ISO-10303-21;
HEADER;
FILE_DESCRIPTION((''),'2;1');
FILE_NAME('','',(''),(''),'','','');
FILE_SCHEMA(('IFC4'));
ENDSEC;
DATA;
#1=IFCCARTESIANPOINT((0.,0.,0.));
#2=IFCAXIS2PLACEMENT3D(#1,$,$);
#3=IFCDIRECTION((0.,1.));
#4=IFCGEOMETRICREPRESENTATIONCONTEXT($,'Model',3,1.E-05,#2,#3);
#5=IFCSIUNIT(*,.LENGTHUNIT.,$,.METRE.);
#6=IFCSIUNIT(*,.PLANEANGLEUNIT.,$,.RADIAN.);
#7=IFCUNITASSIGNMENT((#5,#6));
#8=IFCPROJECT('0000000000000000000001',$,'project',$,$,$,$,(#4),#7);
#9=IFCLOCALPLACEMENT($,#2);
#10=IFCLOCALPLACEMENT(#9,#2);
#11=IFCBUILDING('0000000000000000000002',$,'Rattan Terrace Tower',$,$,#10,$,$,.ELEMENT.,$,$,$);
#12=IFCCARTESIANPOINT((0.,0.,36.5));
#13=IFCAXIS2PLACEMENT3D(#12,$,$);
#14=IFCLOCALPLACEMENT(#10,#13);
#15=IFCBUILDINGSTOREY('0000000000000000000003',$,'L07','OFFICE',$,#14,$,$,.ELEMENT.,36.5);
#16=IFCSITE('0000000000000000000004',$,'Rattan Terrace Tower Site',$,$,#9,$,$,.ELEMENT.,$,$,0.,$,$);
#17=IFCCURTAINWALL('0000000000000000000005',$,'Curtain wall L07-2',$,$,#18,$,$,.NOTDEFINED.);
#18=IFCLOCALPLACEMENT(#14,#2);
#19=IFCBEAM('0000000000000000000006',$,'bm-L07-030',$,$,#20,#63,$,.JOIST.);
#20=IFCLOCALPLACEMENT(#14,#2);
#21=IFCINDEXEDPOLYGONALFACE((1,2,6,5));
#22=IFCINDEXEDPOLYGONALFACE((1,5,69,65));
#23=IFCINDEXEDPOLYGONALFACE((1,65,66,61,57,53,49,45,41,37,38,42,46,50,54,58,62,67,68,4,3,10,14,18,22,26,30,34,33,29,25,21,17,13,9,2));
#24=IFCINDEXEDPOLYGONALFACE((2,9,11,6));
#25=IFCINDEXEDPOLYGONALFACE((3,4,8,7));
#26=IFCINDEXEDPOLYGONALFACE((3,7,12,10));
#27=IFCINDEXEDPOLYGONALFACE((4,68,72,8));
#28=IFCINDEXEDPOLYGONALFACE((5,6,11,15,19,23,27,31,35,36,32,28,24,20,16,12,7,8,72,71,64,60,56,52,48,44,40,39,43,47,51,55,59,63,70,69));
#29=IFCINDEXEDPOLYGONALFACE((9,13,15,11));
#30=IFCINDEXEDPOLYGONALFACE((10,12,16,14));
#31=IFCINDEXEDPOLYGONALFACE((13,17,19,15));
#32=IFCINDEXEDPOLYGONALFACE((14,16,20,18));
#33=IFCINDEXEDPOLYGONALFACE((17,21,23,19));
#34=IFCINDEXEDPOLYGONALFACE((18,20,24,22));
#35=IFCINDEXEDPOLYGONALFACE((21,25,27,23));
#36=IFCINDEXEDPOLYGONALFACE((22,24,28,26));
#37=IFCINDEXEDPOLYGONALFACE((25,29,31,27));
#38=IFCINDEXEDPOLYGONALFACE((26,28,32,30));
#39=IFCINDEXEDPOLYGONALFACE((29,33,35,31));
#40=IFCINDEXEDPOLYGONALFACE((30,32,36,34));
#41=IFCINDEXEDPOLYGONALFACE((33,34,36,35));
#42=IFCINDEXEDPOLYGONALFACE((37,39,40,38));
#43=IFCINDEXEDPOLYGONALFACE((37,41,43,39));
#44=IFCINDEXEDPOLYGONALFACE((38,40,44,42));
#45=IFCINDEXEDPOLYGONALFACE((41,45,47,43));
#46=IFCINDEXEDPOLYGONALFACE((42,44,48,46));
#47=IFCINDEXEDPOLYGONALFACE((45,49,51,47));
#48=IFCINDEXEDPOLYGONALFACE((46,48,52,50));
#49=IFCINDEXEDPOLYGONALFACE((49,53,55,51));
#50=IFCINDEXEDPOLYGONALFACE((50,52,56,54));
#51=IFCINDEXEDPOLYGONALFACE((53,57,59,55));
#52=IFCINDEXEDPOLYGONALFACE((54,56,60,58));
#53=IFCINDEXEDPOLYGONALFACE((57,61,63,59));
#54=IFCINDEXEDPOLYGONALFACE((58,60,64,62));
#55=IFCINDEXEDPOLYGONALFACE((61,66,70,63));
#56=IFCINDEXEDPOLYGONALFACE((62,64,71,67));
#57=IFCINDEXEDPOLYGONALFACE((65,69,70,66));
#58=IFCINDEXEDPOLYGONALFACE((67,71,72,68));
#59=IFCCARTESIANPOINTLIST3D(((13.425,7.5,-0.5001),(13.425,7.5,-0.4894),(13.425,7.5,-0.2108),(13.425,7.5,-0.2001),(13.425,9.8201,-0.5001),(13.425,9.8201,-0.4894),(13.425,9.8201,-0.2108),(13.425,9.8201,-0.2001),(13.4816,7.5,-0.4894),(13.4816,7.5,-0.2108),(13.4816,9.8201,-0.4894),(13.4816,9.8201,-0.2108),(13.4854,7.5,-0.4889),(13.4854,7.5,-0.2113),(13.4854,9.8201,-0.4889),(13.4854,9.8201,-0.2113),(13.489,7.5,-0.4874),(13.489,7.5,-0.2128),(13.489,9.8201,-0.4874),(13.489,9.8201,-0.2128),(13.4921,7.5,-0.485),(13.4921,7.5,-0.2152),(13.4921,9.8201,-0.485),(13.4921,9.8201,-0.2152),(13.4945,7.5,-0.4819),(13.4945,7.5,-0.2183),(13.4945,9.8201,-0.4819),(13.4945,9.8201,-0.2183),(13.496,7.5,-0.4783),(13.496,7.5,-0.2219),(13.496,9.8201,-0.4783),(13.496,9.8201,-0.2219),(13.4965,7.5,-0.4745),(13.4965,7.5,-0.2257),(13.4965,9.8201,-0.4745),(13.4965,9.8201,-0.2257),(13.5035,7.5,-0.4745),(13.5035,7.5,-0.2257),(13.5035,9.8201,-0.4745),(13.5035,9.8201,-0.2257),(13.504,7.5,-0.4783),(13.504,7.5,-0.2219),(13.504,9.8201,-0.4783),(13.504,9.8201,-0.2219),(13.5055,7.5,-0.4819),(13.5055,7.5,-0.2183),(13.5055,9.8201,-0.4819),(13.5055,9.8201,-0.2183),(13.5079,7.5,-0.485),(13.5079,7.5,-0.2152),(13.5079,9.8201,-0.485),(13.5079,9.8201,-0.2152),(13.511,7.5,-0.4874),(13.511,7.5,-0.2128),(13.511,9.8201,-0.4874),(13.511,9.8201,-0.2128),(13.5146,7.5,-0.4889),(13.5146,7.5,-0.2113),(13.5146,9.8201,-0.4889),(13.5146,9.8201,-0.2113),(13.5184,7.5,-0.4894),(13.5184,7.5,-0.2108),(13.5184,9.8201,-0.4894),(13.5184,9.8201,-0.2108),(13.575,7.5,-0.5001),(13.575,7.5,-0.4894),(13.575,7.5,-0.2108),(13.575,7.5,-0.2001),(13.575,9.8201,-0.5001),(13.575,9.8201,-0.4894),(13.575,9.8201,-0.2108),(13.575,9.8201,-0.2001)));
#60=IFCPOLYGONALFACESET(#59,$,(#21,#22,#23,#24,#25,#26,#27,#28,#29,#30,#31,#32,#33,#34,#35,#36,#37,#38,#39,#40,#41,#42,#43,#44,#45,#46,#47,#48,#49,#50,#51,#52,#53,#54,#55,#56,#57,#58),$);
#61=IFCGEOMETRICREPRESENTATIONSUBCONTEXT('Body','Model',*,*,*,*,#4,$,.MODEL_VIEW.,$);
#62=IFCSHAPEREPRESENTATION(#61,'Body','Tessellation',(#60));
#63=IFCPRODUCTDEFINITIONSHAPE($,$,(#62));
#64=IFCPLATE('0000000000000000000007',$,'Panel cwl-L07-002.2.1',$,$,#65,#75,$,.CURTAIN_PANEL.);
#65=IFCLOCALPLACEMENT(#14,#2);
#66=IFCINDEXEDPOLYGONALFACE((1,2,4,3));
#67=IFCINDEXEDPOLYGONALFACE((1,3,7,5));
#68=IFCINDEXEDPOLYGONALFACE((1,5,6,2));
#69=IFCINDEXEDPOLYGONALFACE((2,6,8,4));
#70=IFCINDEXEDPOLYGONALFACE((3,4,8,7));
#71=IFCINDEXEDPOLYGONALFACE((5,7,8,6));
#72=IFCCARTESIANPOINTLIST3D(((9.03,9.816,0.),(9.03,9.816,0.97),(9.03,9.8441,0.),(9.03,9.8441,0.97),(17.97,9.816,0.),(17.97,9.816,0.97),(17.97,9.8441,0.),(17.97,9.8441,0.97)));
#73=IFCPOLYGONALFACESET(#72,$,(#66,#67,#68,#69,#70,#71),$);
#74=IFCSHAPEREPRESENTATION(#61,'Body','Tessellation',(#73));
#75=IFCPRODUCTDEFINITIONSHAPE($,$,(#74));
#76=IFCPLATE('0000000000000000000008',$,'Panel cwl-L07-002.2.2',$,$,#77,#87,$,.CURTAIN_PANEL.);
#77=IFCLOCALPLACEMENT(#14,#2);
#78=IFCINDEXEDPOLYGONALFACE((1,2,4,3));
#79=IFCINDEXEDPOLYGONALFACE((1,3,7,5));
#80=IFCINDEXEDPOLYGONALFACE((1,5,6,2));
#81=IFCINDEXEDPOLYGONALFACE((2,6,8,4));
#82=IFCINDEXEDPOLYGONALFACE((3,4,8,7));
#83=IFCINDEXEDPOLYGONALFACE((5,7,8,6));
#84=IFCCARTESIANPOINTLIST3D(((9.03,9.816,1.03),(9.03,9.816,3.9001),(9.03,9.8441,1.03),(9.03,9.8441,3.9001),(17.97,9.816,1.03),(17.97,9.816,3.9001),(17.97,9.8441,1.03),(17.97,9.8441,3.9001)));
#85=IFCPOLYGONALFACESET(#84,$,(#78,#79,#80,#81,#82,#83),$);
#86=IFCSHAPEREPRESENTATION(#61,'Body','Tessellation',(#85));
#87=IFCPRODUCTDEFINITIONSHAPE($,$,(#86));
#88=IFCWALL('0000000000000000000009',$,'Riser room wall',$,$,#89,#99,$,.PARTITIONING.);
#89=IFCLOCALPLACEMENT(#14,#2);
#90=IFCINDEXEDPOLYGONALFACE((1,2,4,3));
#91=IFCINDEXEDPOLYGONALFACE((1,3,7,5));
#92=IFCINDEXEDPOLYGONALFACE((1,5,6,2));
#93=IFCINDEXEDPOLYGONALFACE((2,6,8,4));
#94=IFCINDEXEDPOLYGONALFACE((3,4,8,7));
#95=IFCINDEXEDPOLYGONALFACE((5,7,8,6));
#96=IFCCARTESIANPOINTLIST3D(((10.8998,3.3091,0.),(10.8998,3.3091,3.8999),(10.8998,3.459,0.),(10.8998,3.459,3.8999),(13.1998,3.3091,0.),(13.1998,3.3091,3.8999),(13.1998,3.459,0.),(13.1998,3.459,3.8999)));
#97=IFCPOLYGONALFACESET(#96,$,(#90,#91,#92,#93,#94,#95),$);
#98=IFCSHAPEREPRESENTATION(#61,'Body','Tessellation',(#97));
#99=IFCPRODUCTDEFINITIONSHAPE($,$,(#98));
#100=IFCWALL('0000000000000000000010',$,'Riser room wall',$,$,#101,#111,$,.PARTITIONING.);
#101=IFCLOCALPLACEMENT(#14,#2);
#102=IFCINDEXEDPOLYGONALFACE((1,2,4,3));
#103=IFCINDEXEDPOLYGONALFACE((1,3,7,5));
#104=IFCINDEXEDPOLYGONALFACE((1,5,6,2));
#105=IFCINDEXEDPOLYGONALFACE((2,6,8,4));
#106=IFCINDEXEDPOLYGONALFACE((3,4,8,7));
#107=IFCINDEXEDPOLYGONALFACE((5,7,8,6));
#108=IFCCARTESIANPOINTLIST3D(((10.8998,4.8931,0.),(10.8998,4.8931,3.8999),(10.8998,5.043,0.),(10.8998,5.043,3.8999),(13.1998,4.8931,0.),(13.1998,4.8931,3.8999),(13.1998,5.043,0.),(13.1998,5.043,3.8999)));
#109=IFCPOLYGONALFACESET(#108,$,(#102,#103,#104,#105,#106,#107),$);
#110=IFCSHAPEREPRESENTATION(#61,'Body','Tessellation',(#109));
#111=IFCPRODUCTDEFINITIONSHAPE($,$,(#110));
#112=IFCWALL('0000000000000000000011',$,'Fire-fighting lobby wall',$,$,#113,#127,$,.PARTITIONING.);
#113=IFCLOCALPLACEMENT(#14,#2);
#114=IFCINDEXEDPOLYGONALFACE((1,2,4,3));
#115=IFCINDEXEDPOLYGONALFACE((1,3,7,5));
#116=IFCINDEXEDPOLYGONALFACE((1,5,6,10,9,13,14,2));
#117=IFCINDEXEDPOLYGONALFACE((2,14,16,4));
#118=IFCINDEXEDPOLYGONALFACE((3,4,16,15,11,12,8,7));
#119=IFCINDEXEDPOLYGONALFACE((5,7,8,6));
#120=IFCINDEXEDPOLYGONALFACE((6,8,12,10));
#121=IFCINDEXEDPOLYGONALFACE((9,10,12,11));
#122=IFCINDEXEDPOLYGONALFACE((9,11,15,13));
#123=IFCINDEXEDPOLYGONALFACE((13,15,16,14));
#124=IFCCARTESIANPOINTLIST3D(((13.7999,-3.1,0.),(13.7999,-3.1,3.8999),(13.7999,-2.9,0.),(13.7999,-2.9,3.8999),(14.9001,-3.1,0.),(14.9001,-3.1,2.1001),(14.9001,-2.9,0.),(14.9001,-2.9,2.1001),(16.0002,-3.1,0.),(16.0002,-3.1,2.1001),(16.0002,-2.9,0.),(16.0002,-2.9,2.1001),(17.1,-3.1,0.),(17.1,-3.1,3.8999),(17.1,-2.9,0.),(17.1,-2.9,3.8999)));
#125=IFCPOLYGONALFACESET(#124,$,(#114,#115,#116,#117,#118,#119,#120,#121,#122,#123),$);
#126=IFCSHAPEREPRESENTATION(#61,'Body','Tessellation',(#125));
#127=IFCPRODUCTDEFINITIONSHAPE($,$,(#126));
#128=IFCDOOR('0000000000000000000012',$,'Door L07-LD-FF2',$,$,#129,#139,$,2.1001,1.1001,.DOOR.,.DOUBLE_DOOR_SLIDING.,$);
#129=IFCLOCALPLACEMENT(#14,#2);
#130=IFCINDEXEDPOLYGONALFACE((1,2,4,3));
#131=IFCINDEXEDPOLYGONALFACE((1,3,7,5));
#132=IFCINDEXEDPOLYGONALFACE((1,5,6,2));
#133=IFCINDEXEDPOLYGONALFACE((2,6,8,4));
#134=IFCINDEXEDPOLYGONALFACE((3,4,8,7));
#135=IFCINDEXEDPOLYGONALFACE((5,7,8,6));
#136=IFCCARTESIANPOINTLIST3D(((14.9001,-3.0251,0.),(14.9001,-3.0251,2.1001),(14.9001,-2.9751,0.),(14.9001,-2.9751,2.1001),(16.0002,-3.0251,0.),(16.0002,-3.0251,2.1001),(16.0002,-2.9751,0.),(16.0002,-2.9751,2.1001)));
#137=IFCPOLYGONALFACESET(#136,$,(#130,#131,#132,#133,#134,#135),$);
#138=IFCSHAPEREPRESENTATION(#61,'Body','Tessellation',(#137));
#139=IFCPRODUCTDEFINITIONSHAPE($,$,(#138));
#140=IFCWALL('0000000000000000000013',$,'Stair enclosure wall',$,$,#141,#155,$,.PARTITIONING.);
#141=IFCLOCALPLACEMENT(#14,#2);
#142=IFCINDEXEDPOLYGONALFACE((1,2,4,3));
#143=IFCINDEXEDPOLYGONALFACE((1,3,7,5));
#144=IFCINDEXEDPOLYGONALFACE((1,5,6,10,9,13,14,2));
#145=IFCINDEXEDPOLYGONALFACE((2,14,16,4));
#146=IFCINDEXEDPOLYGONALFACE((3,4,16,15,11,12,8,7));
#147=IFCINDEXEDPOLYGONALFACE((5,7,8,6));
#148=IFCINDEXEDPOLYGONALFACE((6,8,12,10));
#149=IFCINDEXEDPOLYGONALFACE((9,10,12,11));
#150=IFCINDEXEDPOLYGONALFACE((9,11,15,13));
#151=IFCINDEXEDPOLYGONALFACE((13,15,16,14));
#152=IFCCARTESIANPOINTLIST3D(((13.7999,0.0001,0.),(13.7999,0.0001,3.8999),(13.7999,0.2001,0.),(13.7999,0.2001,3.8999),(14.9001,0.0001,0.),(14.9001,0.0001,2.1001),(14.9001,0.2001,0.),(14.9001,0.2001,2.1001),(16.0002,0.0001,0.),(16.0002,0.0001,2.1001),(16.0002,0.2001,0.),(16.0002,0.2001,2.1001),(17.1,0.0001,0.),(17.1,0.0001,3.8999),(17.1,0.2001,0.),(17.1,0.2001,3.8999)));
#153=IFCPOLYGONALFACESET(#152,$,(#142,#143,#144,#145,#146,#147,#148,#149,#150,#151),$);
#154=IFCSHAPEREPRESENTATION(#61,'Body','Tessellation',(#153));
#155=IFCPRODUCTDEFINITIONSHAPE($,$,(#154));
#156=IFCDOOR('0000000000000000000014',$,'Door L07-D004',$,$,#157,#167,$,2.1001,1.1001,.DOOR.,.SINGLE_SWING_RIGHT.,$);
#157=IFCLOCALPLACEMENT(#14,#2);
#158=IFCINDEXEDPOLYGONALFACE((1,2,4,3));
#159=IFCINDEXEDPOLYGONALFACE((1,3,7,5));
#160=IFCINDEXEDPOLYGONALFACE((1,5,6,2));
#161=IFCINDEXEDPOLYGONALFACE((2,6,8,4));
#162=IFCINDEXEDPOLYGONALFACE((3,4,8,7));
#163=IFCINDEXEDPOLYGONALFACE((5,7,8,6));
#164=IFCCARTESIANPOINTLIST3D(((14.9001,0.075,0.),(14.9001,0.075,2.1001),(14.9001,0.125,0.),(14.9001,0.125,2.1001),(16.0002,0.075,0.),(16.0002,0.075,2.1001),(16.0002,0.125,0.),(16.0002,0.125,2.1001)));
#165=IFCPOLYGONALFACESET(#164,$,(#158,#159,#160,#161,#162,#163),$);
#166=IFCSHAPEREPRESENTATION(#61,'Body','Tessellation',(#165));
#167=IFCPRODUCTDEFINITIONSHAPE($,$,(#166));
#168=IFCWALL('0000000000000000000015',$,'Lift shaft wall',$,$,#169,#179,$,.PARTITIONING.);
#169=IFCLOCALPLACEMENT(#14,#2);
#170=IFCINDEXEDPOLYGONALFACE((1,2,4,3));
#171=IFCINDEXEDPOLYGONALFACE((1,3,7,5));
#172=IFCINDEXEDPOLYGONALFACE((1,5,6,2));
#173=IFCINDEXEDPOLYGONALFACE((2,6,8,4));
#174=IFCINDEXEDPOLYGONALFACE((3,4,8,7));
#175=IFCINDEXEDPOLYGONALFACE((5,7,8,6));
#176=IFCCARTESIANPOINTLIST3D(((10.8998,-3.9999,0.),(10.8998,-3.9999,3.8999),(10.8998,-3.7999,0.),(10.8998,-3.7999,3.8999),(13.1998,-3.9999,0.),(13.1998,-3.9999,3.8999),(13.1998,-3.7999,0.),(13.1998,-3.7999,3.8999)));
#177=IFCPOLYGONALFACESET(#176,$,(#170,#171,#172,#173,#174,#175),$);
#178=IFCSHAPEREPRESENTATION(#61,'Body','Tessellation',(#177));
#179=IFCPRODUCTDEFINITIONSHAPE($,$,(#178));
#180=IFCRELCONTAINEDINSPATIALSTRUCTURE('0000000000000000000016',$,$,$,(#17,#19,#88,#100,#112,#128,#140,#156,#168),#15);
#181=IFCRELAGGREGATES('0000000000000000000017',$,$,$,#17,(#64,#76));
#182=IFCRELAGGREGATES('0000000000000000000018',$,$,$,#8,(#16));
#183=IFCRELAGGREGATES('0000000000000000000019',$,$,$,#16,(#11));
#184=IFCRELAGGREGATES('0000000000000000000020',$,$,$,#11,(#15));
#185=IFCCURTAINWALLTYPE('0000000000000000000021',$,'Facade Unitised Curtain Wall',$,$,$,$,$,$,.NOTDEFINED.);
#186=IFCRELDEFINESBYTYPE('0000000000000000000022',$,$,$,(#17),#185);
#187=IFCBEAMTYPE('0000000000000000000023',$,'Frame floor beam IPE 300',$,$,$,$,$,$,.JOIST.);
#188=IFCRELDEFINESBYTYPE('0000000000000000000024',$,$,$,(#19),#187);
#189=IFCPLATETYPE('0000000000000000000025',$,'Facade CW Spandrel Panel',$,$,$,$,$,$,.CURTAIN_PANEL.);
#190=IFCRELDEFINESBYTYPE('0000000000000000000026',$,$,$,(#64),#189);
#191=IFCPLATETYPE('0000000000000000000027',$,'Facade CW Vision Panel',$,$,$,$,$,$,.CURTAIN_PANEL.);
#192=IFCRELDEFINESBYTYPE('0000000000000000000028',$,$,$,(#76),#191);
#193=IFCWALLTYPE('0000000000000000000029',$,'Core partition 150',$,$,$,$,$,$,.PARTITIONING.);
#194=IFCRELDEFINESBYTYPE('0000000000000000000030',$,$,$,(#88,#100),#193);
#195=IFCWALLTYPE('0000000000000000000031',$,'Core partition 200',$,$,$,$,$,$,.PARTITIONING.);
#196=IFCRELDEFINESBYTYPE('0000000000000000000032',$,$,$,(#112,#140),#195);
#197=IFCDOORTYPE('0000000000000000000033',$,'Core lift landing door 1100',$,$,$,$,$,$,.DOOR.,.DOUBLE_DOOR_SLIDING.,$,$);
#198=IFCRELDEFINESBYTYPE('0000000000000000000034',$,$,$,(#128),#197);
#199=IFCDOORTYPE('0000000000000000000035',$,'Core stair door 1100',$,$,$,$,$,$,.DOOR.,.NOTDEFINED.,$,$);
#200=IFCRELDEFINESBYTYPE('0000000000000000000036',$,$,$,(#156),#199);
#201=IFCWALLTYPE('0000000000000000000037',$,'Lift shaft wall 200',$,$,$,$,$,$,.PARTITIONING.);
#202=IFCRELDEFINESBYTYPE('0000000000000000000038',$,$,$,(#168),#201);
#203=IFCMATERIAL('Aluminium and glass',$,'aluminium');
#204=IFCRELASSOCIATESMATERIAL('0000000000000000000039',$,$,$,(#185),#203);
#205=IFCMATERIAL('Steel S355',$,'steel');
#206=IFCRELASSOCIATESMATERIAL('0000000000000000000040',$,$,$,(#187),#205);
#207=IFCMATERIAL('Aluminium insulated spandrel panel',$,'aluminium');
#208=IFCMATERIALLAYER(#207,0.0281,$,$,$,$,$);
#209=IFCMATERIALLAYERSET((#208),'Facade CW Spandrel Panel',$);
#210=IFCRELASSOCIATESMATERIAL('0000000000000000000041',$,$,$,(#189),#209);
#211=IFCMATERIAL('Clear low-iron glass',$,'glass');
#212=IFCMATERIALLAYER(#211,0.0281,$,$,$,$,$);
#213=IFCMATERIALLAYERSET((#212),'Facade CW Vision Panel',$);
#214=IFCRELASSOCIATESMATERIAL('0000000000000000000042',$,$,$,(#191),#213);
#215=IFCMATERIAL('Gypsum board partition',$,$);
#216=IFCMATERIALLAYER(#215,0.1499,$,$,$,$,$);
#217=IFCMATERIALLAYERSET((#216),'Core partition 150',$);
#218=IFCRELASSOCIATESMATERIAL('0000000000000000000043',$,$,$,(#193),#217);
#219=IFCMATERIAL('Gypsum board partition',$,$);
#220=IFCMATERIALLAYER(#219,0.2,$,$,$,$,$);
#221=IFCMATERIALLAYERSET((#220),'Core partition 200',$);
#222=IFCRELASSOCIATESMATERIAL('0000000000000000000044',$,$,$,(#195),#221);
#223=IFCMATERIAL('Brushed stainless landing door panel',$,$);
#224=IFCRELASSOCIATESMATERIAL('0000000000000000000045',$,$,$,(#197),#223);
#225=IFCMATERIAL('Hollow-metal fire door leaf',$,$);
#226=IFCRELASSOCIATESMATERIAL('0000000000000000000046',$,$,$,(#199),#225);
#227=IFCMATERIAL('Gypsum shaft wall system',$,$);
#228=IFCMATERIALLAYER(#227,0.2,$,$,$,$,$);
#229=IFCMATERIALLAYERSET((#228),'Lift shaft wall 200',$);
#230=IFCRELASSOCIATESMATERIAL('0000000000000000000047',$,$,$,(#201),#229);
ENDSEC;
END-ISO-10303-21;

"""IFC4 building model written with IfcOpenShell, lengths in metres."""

from ifc_helpers import new_model, si_unit, direction, frame, frame_2d, origin, origin_2d, place, context, subcontext, project, spatial, rectangle, i_section, extrude, material, layer, layer_set, material_profile, profile_set, type_object, element, fill, aggregate, save


model = new_model("IFC4")

# Units and contexts
model_context = context("Model", 3, precision=1e-05, world=origin(), true_north=direction((0.0, 1.0)))
body_context = subcontext(model_context, "Body", "Model", "MODEL_VIEW")
ifc_project = project(units=[si_unit("LENGTHUNIT", "METRE"), si_unit("PLANEANGLEUNIT", "RADIAN")], contexts=[model_context])

# Site, building, storey
site_placement = place(None, origin())
site = spatial("IfcSite", under=ifc_project, at=site_placement, Name="Rattan Terrace Tower Site", CompositionType="ELEMENT", RefElevation=0.0)
building_placement = place(site_placement, origin())
building = spatial("IfcBuilding", under=site, at=building_placement, Name="Rattan Terrace Tower", CompositionType="ELEMENT")
storey_placement = place(building_placement, frame((0.0, 0.0, 36.5)))
storey = spatial("IfcBuildingStorey", under=building, at=storey_placement, Name="L07", Description="OFFICE", CompositionType="ELEMENT", Elevation=36.5)

# Curtain wall
ifc_material_1 = material(Name="Aluminium and glass", Category="aluminium")
curtain_wall_type = type_object("IfcCurtainWallType", Name="Facade Unitised Curtain Wall", PredefinedType="NOTDEFINED", material=ifc_material_1)
curtain_wall_placement = place(storey_placement, origin())
curtain_wall = element("IfcCurtainWall", 1, at=curtain_wall_placement, inside=storey, type_object=curtain_wall_type, Name="Curtain wall L07-2", PredefinedType="NOTDEFINED")

# Beam
ifc_material_2 = material(Name="Steel S355", Category="steel")
ifc_material_profile_1 = material_profile(ifc_material_2, i_section(OverallWidth=0.1499, OverallDepth=0.3, WebThickness=0.0071, FlangeThickness=0.0107, FilletRadius=0.0149, at=origin_2d()), Name="IPE 300")
ifc_profile_set_1 = profile_set([ifc_material_profile_1], Name="Steel S355")
beam_type_1 = type_object("IfcBeamType", Name="Frame floor beam IPE 300", PredefinedType="JOIST", material=ifc_profile_set_1)
for number, where, z_axis, x_axis, name in (
    (2, (13.5, 7.5, -0.3501), (0.0, 1.0, 0.0), (-1.0, 0.0, 0.0), "bm-L07-030"),
):
    element("IfcBeam", number, at=place(storey_placement, frame(where, z_axis=z_axis, x_axis=x_axis)), inside=storey, type_object=beam_type_1, Name=name, PredefinedType="JOIST", context=body_context, shape_type="SweptSolid", body=[
        extrude(i_section(OverallWidth=0.1499, OverallDepth=0.3, WebThickness=0.0071, FlangeThickness=0.0107, FilletRadius=0.0149, at=origin_2d()), origin(), (0.0, 0.0, 1.0), 2.3201),
    ])

# Plates
ifc_material_3 = material(Name="Aluminium insulated spandrel panel", Category="aluminium")
ifc_layer_1 = layer(ifc_material_3, 0.0281)
ifc_layer_set_1 = layer_set([ifc_layer_1], Name="Facade CW Spandrel Panel")
plate_type_1 = type_object("IfcPlateType", Name="Facade CW Spandrel Panel", PredefinedType="CURTAIN_PANEL", material=ifc_layer_set_1)
plate_1_placement = place(storey_placement, frame((13.5, 9.8301, 0.0), z_axis=(0.0, 0.0, 1.0), x_axis=(-1.0, 0.0, 0.0)))
plate_1 = element("IfcPlate", 3, at=plate_1_placement, type_object=plate_type_1, Name="Panel cwl-L07-002.2.1", PredefinedType="CURTAIN_PANEL", context=body_context, shape_type="SweptSolid", body=[
    extrude(rectangle(XDim=8.9399, YDim=0.0281, at=origin_2d()), origin(), (0.0, 0.0, 1.0), 0.97),
])
ifc_material_4 = material(Name="Clear low-iron glass", Category="glass")
ifc_layer_2 = layer(ifc_material_4, 0.0281)
ifc_layer_set_2 = layer_set([ifc_layer_2], Name="Facade CW Vision Panel")
plate_type_2 = type_object("IfcPlateType", Name="Facade CW Vision Panel", PredefinedType="CURTAIN_PANEL", material=ifc_layer_set_2)
plate_2_placement = place(storey_placement, frame((13.5, 9.8301, 1.03), z_axis=(0.0, 0.0, 1.0), x_axis=(-1.0, 0.0, 0.0)))
plate_2 = element("IfcPlate", 4, at=plate_2_placement, type_object=plate_type_2, Name="Panel cwl-L07-002.2.2", PredefinedType="CURTAIN_PANEL", context=body_context, shape_type="SweptSolid", body=[
    extrude(rectangle(XDim=8.9399, YDim=0.0281, at=origin_2d()), origin(), (0.0, 0.0, 1.0), 2.8701),
])
aggregate(curtain_wall, [plate_1, plate_2])

# Walls
ifc_material_5 = material(Name="Gypsum board partition")
ifc_layer_3 = layer(ifc_material_5, 0.1499)
ifc_layer_set_3 = layer_set([ifc_layer_3], Name="Core partition 150")
wall_type_1 = type_object("IfcWallType", Name="Core partition 150", PredefinedType="PARTITIONING", material=ifc_layer_set_3)
for number, where, z_axis, x_axis, name in (
    (5, (10.8999, 3.384, 0.0), (0.0, 0.0, 1.0), (1.0, 0.0, 0.0), "Riser room wall"),
    (6, (10.8999, 4.968, 0.0), (0.0, 0.0, 1.0), (1.0, 0.0, 0.0), "Riser room wall"),
):
    element("IfcWall", number, at=place(storey_placement, frame(where, z_axis=z_axis, x_axis=x_axis)), inside=storey, type_object=wall_type_1, Name=name, PredefinedType="PARTITIONING", context=body_context, shape_type="SweptSolid", body=[
        extrude(rectangle(XDim=2.3, YDim=0.1499, at=frame_2d((1.1499, 0.0))), origin(), (0.0, 0.0, 1.0), 3.8999),
    ])

# Walls, openings, doors
ifc_material_6 = material(Name="Gypsum board partition")
ifc_layer_4 = layer(ifc_material_6, 0.2)
ifc_layer_set_4 = layer_set([ifc_layer_4], Name="Core partition 200")
wall_type_2 = type_object("IfcWallType", Name="Core partition 200", PredefinedType="PARTITIONING", material=ifc_layer_set_4)
wall_1_placement = place(storey_placement, frame((13.8, -3.0, 0.0), z_axis=(0.0, 0.0, 1.0), x_axis=(1.0, 0.0, 0.0)))
wall_1 = element("IfcWall", 7, at=wall_1_placement, inside=storey, type_object=wall_type_2, Name="Fire-fighting lobby wall", PredefinedType="PARTITIONING", context=body_context, shape_type="SweptSolid", body=[
    extrude(rectangle(XDim=3.3, YDim=0.2, at=frame_2d((1.6499, 0.0))), origin(), (0.0, 0.0, 1.0), 3.8999),
])
opening_1_placement = place(wall_1_placement, frame((1.1001, 0.0, 0.0)))
opening_1 = element("IfcOpeningElement", 8, at=opening_1_placement, cuts=wall_1, PredefinedType="OPENING", context=body_context, shape_type="SweptSolid", body=[
    extrude(rectangle(XDim=1.1001, YDim=2.1001, at=frame_2d((0.55, 1.05))), frame((0.0, 0.1106, 0.0), z_axis=(0.0, -1.0, 0.0), x_axis=(1.0, 0.0, 0.0)), (0.0, 0.0, 1.0), 0.2209),
])
ifc_material_7 = material(Name="Brushed stainless landing door panel")
door_type_1 = type_object("IfcDoorType", Name="Core lift landing door 1100", OperationType="DOUBLE_DOOR_SLIDING", PredefinedType="DOOR", material=ifc_material_7)
door_1_placement = place(opening_1_placement, origin())
door_1 = element("IfcDoor", 9, at=door_1_placement, inside=storey, type_object=door_type_1, Name="Door L07-LD-FF2", OperationType="DOUBLE_DOOR_SLIDING", OverallHeight=2.1001, OverallWidth=1.1001, PredefinedType="DOOR", context=body_context, shape_type="SweptSolid", body=[
    extrude(rectangle(XDim=1.1001, YDim=2.1001, at=frame_2d((0.55, 1.05))), frame((0.0, 0.0249, 0.0), z_axis=(0.0, -1.0, 0.0), x_axis=(1.0, 0.0, 0.0)), (0.0, 0.0, 1.0), 0.05),
])
fill(opening_1, door_1)
wall_2_placement = place(storey_placement, frame((13.8, 0.1001, 0.0), z_axis=(0.0, 0.0, 1.0), x_axis=(1.0, 0.0, 0.0)))
wall_2 = element("IfcWall", 10, at=wall_2_placement, inside=storey, type_object=wall_type_2, Name="Stair enclosure wall", PredefinedType="PARTITIONING", context=body_context, shape_type="SweptSolid", body=[
    extrude(rectangle(XDim=3.3, YDim=0.2, at=frame_2d((1.6499, 0.0))), origin(), (0.0, 0.0, 1.0), 3.8999),
])
opening_2_placement = place(wall_2_placement, frame((1.1001, 0.0, 0.0)))
opening_2 = element("IfcOpeningElement", 11, at=opening_2_placement, cuts=wall_2, PredefinedType="OPENING", context=body_context, shape_type="SweptSolid", body=[
    extrude(rectangle(XDim=1.1001, YDim=2.1001, at=frame_2d((0.55, 1.05))), frame((0.0, 0.1106, 0.0), z_axis=(0.0, -1.0, 0.0), x_axis=(1.0, 0.0, 0.0)), (0.0, 0.0, 1.0), 0.2209),
])
ifc_material_8 = material(Name="Hollow-metal fire door leaf")
door_type_2 = type_object("IfcDoorType", Name="Core stair door 1100", OperationType="NOTDEFINED", PredefinedType="DOOR", material=ifc_material_8)
door_2_placement = place(opening_2_placement, origin())
door_2 = element("IfcDoor", 12, at=door_2_placement, inside=storey, type_object=door_type_2, Name="Door L07-D004", OperationType="SINGLE_SWING_RIGHT", OverallHeight=2.1001, OverallWidth=1.1001, PredefinedType="DOOR", context=body_context, shape_type="SweptSolid", body=[
    extrude(rectangle(XDim=1.1001, YDim=2.1001, at=frame_2d((0.55, 1.05))), frame((0.0, 0.0249, 0.0), z_axis=(0.0, -1.0, 0.0), x_axis=(1.0, 0.0, 0.0)), (0.0, 0.0, 1.0), 0.05),
])
fill(opening_2, door_2)

# Wall
ifc_material_9 = material(Name="Gypsum shaft wall system")
ifc_layer_5 = layer(ifc_material_9, 0.2)
ifc_layer_set_5 = layer_set([ifc_layer_5], Name="Lift shaft wall 200")
wall_type_3 = type_object("IfcWallType", Name="Lift shaft wall 200", PredefinedType="PARTITIONING", material=ifc_layer_set_5)
for number, where, z_axis, x_axis, name in (
    (13, (10.8999, -3.8999, 0.0), (0.0, 0.0, 1.0), (1.0, 0.0, 0.0), "Lift shaft wall"),
):
    element("IfcWall", number, at=place(storey_placement, frame(where, z_axis=z_axis, x_axis=x_axis)), inside=storey, type_object=wall_type_3, Name=name, PredefinedType="PARTITIONING", context=body_context, shape_type="SweptSolid", body=[
        extrude(rectangle(XDim=2.3, YDim=0.2, at=frame_2d((1.1499, 0.0))), origin(), (0.0, 0.0, 1.0), 3.8999),
    ])

save(model, "model.ifc")
